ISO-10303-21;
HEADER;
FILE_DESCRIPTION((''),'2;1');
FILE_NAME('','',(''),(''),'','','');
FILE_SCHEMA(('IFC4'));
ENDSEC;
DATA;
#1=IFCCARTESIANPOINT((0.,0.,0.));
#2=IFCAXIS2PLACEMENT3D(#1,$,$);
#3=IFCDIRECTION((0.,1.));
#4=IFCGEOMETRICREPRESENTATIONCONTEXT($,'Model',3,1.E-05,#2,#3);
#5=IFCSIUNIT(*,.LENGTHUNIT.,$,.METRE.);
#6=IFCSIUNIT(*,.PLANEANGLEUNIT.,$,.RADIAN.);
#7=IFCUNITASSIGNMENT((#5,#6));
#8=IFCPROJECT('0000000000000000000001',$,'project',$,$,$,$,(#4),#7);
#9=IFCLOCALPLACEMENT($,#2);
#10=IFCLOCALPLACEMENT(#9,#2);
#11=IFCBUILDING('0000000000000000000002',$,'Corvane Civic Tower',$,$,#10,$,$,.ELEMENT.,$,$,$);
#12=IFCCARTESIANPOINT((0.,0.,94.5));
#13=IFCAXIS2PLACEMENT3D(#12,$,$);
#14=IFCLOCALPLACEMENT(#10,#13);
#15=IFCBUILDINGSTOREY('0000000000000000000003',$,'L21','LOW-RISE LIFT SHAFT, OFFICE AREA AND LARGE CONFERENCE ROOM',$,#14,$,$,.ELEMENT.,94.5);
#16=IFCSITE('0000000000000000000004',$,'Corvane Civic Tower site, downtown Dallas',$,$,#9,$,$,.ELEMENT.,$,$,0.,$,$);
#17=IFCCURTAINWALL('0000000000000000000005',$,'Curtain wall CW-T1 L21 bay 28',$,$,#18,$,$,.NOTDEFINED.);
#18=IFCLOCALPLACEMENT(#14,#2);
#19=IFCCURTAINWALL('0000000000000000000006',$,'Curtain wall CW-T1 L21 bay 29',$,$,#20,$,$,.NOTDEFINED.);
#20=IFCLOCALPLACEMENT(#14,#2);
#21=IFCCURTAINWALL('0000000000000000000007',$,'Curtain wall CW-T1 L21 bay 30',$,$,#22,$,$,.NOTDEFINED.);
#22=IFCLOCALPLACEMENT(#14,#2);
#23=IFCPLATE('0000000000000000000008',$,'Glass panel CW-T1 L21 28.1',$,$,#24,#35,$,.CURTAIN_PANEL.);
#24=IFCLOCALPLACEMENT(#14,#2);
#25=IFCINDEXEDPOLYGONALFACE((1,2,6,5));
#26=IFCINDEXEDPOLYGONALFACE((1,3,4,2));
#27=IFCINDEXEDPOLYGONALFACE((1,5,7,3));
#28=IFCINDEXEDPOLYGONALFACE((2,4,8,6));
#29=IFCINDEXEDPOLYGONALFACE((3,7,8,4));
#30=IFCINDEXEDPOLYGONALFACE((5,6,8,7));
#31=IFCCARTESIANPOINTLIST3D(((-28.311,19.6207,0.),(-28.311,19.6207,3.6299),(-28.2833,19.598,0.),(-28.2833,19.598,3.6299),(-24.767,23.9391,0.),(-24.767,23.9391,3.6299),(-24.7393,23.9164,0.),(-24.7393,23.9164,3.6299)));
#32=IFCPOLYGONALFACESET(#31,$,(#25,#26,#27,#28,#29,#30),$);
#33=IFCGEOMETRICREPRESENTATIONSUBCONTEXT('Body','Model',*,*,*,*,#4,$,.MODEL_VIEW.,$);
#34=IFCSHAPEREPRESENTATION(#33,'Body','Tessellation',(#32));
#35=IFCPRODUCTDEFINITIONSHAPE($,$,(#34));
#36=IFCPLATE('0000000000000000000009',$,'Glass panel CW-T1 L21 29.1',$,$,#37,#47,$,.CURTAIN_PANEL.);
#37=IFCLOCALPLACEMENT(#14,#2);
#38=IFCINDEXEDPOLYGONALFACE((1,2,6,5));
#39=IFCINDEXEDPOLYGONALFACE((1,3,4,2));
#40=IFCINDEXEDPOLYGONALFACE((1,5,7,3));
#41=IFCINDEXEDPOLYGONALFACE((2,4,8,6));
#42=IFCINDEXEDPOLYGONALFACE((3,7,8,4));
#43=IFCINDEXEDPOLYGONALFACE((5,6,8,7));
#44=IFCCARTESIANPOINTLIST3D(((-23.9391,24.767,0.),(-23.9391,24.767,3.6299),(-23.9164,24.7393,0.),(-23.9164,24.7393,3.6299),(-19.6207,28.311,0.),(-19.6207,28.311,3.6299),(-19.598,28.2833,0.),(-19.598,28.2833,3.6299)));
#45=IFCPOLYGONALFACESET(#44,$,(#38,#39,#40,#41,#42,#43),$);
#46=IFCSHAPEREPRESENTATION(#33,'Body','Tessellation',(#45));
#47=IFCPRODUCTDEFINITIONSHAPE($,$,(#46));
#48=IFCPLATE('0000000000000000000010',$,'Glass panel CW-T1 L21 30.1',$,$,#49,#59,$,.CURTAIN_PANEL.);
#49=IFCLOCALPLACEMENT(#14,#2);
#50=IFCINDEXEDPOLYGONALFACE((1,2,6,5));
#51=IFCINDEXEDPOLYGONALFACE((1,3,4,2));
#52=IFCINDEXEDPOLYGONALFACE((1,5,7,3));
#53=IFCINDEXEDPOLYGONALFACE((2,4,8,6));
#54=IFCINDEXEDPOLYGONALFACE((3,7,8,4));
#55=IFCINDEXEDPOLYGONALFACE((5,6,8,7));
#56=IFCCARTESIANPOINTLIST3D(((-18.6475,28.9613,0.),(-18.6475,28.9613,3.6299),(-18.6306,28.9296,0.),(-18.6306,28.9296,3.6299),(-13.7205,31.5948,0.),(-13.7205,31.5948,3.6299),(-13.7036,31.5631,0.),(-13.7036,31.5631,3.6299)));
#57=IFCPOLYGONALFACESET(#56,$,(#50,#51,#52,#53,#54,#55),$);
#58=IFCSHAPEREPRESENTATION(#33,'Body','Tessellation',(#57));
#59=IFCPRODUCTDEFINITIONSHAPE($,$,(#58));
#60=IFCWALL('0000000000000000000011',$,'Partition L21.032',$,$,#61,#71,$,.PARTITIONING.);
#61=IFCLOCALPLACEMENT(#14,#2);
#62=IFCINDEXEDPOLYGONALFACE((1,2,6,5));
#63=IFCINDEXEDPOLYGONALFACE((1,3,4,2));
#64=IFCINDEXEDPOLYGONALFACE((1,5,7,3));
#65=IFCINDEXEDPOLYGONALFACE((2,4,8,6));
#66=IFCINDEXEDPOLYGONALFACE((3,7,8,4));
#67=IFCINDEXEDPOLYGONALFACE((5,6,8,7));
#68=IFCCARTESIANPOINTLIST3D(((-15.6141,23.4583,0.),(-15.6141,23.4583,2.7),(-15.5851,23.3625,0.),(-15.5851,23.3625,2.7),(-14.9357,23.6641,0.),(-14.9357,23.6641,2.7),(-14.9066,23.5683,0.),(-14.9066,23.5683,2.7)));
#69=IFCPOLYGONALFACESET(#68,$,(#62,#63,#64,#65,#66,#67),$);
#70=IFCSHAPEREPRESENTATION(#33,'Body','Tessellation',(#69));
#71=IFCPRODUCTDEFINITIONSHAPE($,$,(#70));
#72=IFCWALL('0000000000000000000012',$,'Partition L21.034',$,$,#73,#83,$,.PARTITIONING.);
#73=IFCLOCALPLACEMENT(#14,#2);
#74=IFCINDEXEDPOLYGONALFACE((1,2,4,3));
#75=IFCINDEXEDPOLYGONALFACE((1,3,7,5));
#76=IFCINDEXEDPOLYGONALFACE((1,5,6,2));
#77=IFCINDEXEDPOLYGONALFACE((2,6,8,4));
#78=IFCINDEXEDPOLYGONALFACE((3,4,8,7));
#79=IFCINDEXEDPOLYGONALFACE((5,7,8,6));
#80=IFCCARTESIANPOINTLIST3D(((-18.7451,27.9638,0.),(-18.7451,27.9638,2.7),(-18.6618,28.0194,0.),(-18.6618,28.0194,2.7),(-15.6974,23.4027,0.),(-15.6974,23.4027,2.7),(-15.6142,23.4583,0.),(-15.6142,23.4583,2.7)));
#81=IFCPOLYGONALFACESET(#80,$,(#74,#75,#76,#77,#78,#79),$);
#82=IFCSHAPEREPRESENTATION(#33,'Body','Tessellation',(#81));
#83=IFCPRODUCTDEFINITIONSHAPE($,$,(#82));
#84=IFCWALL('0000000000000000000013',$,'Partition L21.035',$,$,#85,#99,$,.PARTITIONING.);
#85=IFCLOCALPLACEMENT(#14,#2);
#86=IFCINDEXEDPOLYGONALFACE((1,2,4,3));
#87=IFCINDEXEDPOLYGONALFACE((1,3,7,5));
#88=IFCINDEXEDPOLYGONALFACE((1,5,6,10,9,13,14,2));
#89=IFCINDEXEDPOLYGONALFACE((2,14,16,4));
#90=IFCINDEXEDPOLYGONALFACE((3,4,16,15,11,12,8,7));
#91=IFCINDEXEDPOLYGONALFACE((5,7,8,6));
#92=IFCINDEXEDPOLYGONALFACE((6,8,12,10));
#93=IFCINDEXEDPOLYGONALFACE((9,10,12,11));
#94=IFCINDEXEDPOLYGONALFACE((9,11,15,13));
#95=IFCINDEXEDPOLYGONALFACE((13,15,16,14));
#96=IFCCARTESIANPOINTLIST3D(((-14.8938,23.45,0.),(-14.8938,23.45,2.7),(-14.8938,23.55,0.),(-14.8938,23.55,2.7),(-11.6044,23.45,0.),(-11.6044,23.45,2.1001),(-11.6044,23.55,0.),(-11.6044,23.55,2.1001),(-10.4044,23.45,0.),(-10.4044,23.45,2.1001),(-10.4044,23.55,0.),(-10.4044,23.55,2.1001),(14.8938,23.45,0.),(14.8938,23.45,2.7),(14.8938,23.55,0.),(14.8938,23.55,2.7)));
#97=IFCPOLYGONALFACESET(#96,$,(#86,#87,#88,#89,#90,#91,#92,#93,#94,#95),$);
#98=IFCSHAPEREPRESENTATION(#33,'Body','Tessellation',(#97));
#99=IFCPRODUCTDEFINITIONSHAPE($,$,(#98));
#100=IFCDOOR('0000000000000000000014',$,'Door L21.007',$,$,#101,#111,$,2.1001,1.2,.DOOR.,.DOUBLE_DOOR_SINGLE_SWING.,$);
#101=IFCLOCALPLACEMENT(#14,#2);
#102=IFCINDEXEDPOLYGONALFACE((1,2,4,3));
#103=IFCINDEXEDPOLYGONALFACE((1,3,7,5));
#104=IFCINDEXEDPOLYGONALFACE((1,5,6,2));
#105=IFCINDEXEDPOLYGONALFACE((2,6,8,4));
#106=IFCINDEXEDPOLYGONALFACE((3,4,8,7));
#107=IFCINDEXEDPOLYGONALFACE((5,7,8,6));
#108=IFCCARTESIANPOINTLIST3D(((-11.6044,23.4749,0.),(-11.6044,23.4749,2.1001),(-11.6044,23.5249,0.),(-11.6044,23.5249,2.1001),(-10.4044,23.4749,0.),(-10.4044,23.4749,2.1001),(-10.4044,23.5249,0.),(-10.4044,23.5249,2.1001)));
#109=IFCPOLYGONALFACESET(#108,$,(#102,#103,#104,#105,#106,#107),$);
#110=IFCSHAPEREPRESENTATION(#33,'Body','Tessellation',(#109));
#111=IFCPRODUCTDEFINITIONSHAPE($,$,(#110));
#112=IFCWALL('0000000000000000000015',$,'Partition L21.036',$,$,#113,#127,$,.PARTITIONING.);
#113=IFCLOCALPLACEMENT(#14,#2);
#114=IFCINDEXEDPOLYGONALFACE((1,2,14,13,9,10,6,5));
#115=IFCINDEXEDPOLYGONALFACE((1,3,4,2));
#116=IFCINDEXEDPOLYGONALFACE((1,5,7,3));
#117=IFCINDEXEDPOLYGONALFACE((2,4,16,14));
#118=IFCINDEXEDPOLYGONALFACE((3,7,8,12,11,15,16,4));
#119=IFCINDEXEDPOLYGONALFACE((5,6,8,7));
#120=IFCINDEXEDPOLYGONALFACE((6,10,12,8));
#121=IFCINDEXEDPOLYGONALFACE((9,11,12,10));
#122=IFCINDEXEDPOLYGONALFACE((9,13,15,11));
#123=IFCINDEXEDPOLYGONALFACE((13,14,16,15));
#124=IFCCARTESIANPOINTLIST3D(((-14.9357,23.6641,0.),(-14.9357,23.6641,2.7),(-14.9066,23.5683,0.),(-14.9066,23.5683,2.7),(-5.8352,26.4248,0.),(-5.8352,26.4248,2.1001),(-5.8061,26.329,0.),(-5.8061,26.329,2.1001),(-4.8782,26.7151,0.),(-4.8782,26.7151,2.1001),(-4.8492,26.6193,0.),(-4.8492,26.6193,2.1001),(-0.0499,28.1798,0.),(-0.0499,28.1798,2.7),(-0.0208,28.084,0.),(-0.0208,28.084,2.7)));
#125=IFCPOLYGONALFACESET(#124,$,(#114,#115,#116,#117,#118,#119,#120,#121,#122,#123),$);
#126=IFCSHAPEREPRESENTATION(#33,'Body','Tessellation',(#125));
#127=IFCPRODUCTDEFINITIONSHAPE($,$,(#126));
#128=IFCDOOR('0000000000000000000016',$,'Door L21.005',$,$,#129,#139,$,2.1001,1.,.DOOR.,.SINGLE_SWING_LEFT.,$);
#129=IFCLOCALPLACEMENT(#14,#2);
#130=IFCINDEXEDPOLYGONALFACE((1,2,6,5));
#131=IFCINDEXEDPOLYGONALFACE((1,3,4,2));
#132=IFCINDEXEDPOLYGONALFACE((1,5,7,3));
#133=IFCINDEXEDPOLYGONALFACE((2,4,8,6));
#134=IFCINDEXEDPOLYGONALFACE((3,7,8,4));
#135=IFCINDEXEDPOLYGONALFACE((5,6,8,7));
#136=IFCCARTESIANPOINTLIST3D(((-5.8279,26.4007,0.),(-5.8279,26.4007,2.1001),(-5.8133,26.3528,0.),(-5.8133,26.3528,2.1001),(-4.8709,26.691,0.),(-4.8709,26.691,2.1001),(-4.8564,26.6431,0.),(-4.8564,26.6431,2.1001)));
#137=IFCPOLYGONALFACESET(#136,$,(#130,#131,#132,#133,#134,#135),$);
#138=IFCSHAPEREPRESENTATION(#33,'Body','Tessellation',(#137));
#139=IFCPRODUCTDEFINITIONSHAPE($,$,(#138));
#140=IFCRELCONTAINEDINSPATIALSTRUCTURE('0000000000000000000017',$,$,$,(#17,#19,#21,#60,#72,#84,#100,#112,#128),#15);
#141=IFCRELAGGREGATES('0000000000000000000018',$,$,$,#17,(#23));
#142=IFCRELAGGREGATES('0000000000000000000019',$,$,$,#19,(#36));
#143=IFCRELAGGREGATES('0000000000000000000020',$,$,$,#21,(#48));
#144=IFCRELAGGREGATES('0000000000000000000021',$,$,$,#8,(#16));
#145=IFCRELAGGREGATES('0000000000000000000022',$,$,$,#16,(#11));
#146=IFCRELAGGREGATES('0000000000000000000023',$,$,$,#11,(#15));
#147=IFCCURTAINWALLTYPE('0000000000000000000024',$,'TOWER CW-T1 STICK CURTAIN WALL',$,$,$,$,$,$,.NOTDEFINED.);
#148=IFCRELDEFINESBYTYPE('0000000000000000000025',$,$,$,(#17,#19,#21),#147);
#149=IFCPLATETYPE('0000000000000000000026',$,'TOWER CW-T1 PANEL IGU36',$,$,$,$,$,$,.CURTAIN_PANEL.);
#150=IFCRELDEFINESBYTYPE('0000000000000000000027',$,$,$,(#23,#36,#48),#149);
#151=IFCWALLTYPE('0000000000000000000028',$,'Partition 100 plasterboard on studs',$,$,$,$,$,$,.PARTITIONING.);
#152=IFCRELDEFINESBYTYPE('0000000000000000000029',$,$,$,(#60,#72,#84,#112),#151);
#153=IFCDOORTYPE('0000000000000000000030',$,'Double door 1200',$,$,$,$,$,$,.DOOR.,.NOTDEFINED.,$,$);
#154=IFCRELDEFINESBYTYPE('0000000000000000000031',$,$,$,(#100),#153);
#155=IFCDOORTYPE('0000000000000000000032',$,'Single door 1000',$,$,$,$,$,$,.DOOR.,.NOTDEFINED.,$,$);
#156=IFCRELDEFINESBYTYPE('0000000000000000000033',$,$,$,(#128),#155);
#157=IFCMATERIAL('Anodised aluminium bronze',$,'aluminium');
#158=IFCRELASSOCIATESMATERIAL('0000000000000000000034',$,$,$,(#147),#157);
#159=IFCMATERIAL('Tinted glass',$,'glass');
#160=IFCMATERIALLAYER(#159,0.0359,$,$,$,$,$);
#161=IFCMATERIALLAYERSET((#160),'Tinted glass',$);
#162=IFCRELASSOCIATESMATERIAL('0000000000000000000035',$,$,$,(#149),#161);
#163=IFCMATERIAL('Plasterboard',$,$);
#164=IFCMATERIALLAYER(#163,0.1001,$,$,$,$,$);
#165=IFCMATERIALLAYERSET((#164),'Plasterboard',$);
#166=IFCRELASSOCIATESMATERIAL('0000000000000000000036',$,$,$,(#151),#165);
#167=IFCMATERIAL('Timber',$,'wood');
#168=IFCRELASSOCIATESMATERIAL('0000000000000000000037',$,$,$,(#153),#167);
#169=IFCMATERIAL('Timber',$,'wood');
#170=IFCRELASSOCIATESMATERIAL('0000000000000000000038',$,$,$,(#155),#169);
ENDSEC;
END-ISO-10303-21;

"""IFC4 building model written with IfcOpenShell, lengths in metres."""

from ifc_helpers import new_model, si_unit, direction, frame, frame_2d, origin, origin_2d, place, context, subcontext, project, spatial, rectangle, extrude, material, layer, layer_set, type_object, element, fill, aggregate, save


model = new_model("IFC4")

# Units and contexts
model_context = context("Model", 3, precision=1e-05, world=origin(), true_north=direction((0.0, 1.0)))
body_context = subcontext(model_context, "Body", "Model", "MODEL_VIEW")
ifc_project = project(units=[si_unit("LENGTHUNIT", "METRE"), si_unit("PLANEANGLEUNIT", "RADIAN")], contexts=[model_context])

# Site, building, storey
site_placement = place(None, origin())
site = spatial("IfcSite", under=ifc_project, at=site_placement, Name="Corvane Civic Tower site, downtown Dallas", CompositionType="ELEMENT", RefElevation=0.0)
building_placement = place(site_placement, origin())
building = spatial("IfcBuilding", under=site, at=building_placement, Name="Corvane Civic Tower", CompositionType="ELEMENT")
storey_placement = place(building_placement, frame((0.0, 0.0, 94.5)))
storey = spatial("IfcBuildingStorey", under=building, at=storey_placement, Name="L21", Description="LOW-RISE LIFT SHAFT, OFFICE AREA AND LARGE CONFERENCE ROOM", CompositionType="ELEMENT", Elevation=94.5)

# Curtain walls
ifc_material_1 = material(Name="Anodised aluminium bronze", Category="aluminium")
curtain_wall_type = type_object("IfcCurtainWallType", Name="TOWER CW-T1 STICK CURTAIN WALL", PredefinedType="NOTDEFINED", material=ifc_material_1)
curtain_wall_1_placement = place(storey_placement, origin())
curtain_wall_1 = element("IfcCurtainWall", 1, at=curtain_wall_1_placement, inside=storey, type_object=curtain_wall_type, Name="Curtain wall CW-T1 L21 bay 28", PredefinedType="NOTDEFINED")
curtain_wall_2_placement = place(storey_placement, origin())
curtain_wall_2 = element("IfcCurtainWall", 2, at=curtain_wall_2_placement, inside=storey, type_object=curtain_wall_type, Name="Curtain wall CW-T1 L21 bay 29", PredefinedType="NOTDEFINED")
curtain_wall_3_placement = place(storey_placement, origin())
curtain_wall_3 = element("IfcCurtainWall", 3, at=curtain_wall_3_placement, inside=storey, type_object=curtain_wall_type, Name="Curtain wall CW-T1 L21 bay 30", PredefinedType="NOTDEFINED")

# Plates
ifc_material_2 = material(Name="Tinted glass", Category="glass")
ifc_layer_1 = layer(ifc_material_2, 0.0359)
ifc_layer_set_1 = layer_set([ifc_layer_1], Name="Tinted glass")
plate_type = type_object("IfcPlateType", Name="TOWER CW-T1 PANEL IGU36", PredefinedType="CURTAIN_PANEL", material=ifc_layer_set_1)
plate_1_placement = place(storey_placement, frame((-26.5251, 21.7686, 0.0), z_axis=(0.0, 0.0, 1.0), x_axis=(0.63439, 0.773013, 0.0)))
plate_1 = element("IfcPlate", 4, at=plate_1_placement, type_object=plate_type, Name="Glass panel CW-T1 L21 28.1", PredefinedType="CURTAIN_PANEL", context=body_context, shape_type="SweptSolid", body=[
    extrude(rectangle(XDim=5.5864, YDim=0.0359, at=origin_2d()), origin(), (0.0, 0.0, 1.0), 3.6299),
])
aggregate(curtain_wall_1, [plate_1])
plate_2_placement = place(storey_placement, frame((-21.7686, 26.5251, 0.0), z_axis=(0.0, 0.0, 1.0), x_axis=(0.773013, 0.63439, 0.0)))
plate_2 = element("IfcPlate", 5, at=plate_2_placement, type_object=plate_type, Name="Glass panel CW-T1 L21 29.1", PredefinedType="CURTAIN_PANEL", context=body_context, shape_type="SweptSolid", body=[
    extrude(rectangle(XDim=5.5864, YDim=0.0359, at=origin_2d()), origin(), (0.0, 0.0, 1.0), 3.6299),
])
aggregate(curtain_wall_2, [plate_2])
plate_3_placement = place(storey_placement, frame((-16.1755, 30.2622, 0.0), z_axis=(0.0, 0.0, 1.0), x_axis=(0.881924, 0.471392, 0.0)))
plate_3 = element("IfcPlate", 6, at=plate_3_placement, type_object=plate_type, Name="Glass panel CW-T1 L21 30.1", PredefinedType="CURTAIN_PANEL", context=body_context, shape_type="SweptSolid", body=[
    extrude(rectangle(XDim=5.5867, YDim=0.0359, at=origin_2d()), origin(), (0.0, 0.0, 1.0), 3.6299),
])
aggregate(curtain_wall_3, [plate_3])

# Walls
ifc_material_3 = material(Name="Plasterboard")
ifc_layer_2 = layer(ifc_material_3, 0.1001)
ifc_layer_set_2 = layer_set([ifc_layer_2], Name="Plasterboard")
wall_type_1 = type_object("IfcWallType", Name="Partition 100 plasterboard on studs", PredefinedType="PARTITIONING", material=ifc_layer_set_2)
wall_1_placement = place(storey_placement, frame((-15.5996, 23.4104, 0.0), z_axis=(0.0, 0.0, 1.0), x_axis=(0.95694, 0.290285, 0.0)))
element("IfcWall", 7, at=wall_1_placement, inside=storey, type_object=wall_type_1, Name="Partition L21.032", PredefinedType="PARTITIONING", context=body_context, shape_type="SweptSolid", body=[
    extrude(rectangle(XDim=0.709, YDim=0.1001, at=frame_2d((0.3545, 0.0))), origin(), (0.0, 0.0, 1.0), 2.7),
])
wall_2_placement = place(storey_placement, frame((-18.7034, 27.9915, 0.0), z_axis=(0.0, 0.0, 1.0), x_axis=(0.555573, -0.831468, 0.0)))
element("IfcWall", 8, at=wall_2_placement, inside=storey, type_object=wall_type_1, Name="Partition L21.034", PredefinedType="PARTITIONING", context=body_context, shape_type="SweptSolid", body=[
    extrude(rectangle(XDim=5.4856, YDim=0.1001, at=frame_2d((2.7427, 0.0))), origin(), (0.0, 0.0, 1.0), 2.7),
])

# Walls, openings, doors
wall_3_placement = place(storey_placement, frame((-14.8938, 23.5, 0.0), z_axis=(0.0, 0.0, 1.0), x_axis=(1.0, 0.0, 0.0)))
wall_3 = element("IfcWall", 9, at=wall_3_placement, inside=storey, type_object=wall_type_1, Name="Partition L21.035", PredefinedType="PARTITIONING", context=body_context, shape_type="SweptSolid", body=[
    extrude(rectangle(XDim=29.7876, YDim=0.1001, at=frame_2d((14.8938, 0.0))), origin(), (0.0, 0.0, 1.0), 2.7),
])
opening_1_placement = place(wall_3_placement, frame((3.2893, 0.0, 0.0)))
opening_1 = element("IfcOpeningElement", 10, at=opening_1_placement, cuts=wall_3, PredefinedType="OPENING", context=body_context, shape_type="SweptSolid", body=[
    extrude(rectangle(XDim=1.2, YDim=2.1001, at=frame_2d((0.6001, 1.05))), frame((0.0, 0.0601, 0.0), z_axis=(0.0, -1.0, 0.0), x_axis=(1.0, 0.0, 0.0)), (0.0, 0.0, 1.0), 0.1201),
])
ifc_material_4 = material(Name="Timber", Category="wood")
door_type_1 = type_object("IfcDoorType", Name="Double door 1200", OperationType="NOTDEFINED", PredefinedType="DOOR", material=ifc_material_4)
door_1_placement = place(opening_1_placement, origin())
door_1 = element("IfcDoor", 11, at=door_1_placement, inside=storey, type_object=door_type_1, Name="Door L21.007", OperationType="DOUBLE_DOOR_SINGLE_SWING", OverallHeight=2.1001, OverallWidth=1.2, PredefinedType="DOOR", context=body_context, shape_type="SweptSolid", body=[
    extrude(rectangle(XDim=1.2, YDim=2.1001, at=frame_2d((0.6001, 1.05))), frame((0.0, 0.0249, 0.0), z_axis=(0.0, -1.0, 0.0), x_axis=(1.0, 0.0, 0.0)), (0.0, 0.0, 1.0), 0.05),
])
fill(opening_1, door_1)
wall_4_placement = place(storey_placement, frame((-14.9211, 23.6162, 0.0), z_axis=(0.0, 0.0, 1.0), x_axis=(0.956939, 0.29029, 0.0)))
wall_4 = element("IfcWall", 12, at=wall_4_placement, inside=storey, type_object=wall_type_1, Name="Partition L21.036", PredefinedType="PARTITIONING", context=body_context, shape_type="SweptSolid", body=[
    extrude(rectangle(XDim=15.5557, YDim=0.1001, at=frame_2d((7.7778, 0.0))), origin(), (0.0, 0.0, 1.0), 2.7),
])
opening_2_placement = place(wall_4_placement, frame((9.51, 0.0, 0.0)))
opening_2 = element("IfcOpeningElement", 13, at=opening_2_placement, cuts=wall_4, PredefinedType="OPENING", context=body_context, shape_type="SweptSolid", body=[
    extrude(rectangle(XDim=1.0, YDim=2.1001, at=frame_2d((0.5, 1.05))), frame((0.0, 0.0601, 0.0), z_axis=(0.0, -1.0, 0.0), x_axis=(1.0, 0.0, 0.0)), (0.0, 0.0, 1.0), 0.1201),
])
ifc_material_5 = material(Name="Timber", Category="wood")
door_type_2 = type_object("IfcDoorType", Name="Single door 1000", OperationType="NOTDEFINED", PredefinedType="DOOR", material=ifc_material_5)
door_2_placement = place(opening_2_placement, origin())
door_2 = element("IfcDoor", 14, at=door_2_placement, inside=storey, type_object=door_type_2, Name="Door L21.005", OperationType="SINGLE_SWING_LEFT", OverallHeight=2.1001, OverallWidth=1.0, PredefinedType="DOOR", context=body_context, shape_type="SweptSolid", body=[
    extrude(rectangle(XDim=1.0, YDim=2.1001, at=frame_2d((0.5, 1.05))), frame((0.0, 0.0249, 0.0), z_axis=(0.0, -1.0, 0.0), x_axis=(1.0, 0.0, 0.0)), (0.0, 0.0, 1.0), 0.05),
])
fill(opening_2, door_2)

save(model, "model.ifc")
